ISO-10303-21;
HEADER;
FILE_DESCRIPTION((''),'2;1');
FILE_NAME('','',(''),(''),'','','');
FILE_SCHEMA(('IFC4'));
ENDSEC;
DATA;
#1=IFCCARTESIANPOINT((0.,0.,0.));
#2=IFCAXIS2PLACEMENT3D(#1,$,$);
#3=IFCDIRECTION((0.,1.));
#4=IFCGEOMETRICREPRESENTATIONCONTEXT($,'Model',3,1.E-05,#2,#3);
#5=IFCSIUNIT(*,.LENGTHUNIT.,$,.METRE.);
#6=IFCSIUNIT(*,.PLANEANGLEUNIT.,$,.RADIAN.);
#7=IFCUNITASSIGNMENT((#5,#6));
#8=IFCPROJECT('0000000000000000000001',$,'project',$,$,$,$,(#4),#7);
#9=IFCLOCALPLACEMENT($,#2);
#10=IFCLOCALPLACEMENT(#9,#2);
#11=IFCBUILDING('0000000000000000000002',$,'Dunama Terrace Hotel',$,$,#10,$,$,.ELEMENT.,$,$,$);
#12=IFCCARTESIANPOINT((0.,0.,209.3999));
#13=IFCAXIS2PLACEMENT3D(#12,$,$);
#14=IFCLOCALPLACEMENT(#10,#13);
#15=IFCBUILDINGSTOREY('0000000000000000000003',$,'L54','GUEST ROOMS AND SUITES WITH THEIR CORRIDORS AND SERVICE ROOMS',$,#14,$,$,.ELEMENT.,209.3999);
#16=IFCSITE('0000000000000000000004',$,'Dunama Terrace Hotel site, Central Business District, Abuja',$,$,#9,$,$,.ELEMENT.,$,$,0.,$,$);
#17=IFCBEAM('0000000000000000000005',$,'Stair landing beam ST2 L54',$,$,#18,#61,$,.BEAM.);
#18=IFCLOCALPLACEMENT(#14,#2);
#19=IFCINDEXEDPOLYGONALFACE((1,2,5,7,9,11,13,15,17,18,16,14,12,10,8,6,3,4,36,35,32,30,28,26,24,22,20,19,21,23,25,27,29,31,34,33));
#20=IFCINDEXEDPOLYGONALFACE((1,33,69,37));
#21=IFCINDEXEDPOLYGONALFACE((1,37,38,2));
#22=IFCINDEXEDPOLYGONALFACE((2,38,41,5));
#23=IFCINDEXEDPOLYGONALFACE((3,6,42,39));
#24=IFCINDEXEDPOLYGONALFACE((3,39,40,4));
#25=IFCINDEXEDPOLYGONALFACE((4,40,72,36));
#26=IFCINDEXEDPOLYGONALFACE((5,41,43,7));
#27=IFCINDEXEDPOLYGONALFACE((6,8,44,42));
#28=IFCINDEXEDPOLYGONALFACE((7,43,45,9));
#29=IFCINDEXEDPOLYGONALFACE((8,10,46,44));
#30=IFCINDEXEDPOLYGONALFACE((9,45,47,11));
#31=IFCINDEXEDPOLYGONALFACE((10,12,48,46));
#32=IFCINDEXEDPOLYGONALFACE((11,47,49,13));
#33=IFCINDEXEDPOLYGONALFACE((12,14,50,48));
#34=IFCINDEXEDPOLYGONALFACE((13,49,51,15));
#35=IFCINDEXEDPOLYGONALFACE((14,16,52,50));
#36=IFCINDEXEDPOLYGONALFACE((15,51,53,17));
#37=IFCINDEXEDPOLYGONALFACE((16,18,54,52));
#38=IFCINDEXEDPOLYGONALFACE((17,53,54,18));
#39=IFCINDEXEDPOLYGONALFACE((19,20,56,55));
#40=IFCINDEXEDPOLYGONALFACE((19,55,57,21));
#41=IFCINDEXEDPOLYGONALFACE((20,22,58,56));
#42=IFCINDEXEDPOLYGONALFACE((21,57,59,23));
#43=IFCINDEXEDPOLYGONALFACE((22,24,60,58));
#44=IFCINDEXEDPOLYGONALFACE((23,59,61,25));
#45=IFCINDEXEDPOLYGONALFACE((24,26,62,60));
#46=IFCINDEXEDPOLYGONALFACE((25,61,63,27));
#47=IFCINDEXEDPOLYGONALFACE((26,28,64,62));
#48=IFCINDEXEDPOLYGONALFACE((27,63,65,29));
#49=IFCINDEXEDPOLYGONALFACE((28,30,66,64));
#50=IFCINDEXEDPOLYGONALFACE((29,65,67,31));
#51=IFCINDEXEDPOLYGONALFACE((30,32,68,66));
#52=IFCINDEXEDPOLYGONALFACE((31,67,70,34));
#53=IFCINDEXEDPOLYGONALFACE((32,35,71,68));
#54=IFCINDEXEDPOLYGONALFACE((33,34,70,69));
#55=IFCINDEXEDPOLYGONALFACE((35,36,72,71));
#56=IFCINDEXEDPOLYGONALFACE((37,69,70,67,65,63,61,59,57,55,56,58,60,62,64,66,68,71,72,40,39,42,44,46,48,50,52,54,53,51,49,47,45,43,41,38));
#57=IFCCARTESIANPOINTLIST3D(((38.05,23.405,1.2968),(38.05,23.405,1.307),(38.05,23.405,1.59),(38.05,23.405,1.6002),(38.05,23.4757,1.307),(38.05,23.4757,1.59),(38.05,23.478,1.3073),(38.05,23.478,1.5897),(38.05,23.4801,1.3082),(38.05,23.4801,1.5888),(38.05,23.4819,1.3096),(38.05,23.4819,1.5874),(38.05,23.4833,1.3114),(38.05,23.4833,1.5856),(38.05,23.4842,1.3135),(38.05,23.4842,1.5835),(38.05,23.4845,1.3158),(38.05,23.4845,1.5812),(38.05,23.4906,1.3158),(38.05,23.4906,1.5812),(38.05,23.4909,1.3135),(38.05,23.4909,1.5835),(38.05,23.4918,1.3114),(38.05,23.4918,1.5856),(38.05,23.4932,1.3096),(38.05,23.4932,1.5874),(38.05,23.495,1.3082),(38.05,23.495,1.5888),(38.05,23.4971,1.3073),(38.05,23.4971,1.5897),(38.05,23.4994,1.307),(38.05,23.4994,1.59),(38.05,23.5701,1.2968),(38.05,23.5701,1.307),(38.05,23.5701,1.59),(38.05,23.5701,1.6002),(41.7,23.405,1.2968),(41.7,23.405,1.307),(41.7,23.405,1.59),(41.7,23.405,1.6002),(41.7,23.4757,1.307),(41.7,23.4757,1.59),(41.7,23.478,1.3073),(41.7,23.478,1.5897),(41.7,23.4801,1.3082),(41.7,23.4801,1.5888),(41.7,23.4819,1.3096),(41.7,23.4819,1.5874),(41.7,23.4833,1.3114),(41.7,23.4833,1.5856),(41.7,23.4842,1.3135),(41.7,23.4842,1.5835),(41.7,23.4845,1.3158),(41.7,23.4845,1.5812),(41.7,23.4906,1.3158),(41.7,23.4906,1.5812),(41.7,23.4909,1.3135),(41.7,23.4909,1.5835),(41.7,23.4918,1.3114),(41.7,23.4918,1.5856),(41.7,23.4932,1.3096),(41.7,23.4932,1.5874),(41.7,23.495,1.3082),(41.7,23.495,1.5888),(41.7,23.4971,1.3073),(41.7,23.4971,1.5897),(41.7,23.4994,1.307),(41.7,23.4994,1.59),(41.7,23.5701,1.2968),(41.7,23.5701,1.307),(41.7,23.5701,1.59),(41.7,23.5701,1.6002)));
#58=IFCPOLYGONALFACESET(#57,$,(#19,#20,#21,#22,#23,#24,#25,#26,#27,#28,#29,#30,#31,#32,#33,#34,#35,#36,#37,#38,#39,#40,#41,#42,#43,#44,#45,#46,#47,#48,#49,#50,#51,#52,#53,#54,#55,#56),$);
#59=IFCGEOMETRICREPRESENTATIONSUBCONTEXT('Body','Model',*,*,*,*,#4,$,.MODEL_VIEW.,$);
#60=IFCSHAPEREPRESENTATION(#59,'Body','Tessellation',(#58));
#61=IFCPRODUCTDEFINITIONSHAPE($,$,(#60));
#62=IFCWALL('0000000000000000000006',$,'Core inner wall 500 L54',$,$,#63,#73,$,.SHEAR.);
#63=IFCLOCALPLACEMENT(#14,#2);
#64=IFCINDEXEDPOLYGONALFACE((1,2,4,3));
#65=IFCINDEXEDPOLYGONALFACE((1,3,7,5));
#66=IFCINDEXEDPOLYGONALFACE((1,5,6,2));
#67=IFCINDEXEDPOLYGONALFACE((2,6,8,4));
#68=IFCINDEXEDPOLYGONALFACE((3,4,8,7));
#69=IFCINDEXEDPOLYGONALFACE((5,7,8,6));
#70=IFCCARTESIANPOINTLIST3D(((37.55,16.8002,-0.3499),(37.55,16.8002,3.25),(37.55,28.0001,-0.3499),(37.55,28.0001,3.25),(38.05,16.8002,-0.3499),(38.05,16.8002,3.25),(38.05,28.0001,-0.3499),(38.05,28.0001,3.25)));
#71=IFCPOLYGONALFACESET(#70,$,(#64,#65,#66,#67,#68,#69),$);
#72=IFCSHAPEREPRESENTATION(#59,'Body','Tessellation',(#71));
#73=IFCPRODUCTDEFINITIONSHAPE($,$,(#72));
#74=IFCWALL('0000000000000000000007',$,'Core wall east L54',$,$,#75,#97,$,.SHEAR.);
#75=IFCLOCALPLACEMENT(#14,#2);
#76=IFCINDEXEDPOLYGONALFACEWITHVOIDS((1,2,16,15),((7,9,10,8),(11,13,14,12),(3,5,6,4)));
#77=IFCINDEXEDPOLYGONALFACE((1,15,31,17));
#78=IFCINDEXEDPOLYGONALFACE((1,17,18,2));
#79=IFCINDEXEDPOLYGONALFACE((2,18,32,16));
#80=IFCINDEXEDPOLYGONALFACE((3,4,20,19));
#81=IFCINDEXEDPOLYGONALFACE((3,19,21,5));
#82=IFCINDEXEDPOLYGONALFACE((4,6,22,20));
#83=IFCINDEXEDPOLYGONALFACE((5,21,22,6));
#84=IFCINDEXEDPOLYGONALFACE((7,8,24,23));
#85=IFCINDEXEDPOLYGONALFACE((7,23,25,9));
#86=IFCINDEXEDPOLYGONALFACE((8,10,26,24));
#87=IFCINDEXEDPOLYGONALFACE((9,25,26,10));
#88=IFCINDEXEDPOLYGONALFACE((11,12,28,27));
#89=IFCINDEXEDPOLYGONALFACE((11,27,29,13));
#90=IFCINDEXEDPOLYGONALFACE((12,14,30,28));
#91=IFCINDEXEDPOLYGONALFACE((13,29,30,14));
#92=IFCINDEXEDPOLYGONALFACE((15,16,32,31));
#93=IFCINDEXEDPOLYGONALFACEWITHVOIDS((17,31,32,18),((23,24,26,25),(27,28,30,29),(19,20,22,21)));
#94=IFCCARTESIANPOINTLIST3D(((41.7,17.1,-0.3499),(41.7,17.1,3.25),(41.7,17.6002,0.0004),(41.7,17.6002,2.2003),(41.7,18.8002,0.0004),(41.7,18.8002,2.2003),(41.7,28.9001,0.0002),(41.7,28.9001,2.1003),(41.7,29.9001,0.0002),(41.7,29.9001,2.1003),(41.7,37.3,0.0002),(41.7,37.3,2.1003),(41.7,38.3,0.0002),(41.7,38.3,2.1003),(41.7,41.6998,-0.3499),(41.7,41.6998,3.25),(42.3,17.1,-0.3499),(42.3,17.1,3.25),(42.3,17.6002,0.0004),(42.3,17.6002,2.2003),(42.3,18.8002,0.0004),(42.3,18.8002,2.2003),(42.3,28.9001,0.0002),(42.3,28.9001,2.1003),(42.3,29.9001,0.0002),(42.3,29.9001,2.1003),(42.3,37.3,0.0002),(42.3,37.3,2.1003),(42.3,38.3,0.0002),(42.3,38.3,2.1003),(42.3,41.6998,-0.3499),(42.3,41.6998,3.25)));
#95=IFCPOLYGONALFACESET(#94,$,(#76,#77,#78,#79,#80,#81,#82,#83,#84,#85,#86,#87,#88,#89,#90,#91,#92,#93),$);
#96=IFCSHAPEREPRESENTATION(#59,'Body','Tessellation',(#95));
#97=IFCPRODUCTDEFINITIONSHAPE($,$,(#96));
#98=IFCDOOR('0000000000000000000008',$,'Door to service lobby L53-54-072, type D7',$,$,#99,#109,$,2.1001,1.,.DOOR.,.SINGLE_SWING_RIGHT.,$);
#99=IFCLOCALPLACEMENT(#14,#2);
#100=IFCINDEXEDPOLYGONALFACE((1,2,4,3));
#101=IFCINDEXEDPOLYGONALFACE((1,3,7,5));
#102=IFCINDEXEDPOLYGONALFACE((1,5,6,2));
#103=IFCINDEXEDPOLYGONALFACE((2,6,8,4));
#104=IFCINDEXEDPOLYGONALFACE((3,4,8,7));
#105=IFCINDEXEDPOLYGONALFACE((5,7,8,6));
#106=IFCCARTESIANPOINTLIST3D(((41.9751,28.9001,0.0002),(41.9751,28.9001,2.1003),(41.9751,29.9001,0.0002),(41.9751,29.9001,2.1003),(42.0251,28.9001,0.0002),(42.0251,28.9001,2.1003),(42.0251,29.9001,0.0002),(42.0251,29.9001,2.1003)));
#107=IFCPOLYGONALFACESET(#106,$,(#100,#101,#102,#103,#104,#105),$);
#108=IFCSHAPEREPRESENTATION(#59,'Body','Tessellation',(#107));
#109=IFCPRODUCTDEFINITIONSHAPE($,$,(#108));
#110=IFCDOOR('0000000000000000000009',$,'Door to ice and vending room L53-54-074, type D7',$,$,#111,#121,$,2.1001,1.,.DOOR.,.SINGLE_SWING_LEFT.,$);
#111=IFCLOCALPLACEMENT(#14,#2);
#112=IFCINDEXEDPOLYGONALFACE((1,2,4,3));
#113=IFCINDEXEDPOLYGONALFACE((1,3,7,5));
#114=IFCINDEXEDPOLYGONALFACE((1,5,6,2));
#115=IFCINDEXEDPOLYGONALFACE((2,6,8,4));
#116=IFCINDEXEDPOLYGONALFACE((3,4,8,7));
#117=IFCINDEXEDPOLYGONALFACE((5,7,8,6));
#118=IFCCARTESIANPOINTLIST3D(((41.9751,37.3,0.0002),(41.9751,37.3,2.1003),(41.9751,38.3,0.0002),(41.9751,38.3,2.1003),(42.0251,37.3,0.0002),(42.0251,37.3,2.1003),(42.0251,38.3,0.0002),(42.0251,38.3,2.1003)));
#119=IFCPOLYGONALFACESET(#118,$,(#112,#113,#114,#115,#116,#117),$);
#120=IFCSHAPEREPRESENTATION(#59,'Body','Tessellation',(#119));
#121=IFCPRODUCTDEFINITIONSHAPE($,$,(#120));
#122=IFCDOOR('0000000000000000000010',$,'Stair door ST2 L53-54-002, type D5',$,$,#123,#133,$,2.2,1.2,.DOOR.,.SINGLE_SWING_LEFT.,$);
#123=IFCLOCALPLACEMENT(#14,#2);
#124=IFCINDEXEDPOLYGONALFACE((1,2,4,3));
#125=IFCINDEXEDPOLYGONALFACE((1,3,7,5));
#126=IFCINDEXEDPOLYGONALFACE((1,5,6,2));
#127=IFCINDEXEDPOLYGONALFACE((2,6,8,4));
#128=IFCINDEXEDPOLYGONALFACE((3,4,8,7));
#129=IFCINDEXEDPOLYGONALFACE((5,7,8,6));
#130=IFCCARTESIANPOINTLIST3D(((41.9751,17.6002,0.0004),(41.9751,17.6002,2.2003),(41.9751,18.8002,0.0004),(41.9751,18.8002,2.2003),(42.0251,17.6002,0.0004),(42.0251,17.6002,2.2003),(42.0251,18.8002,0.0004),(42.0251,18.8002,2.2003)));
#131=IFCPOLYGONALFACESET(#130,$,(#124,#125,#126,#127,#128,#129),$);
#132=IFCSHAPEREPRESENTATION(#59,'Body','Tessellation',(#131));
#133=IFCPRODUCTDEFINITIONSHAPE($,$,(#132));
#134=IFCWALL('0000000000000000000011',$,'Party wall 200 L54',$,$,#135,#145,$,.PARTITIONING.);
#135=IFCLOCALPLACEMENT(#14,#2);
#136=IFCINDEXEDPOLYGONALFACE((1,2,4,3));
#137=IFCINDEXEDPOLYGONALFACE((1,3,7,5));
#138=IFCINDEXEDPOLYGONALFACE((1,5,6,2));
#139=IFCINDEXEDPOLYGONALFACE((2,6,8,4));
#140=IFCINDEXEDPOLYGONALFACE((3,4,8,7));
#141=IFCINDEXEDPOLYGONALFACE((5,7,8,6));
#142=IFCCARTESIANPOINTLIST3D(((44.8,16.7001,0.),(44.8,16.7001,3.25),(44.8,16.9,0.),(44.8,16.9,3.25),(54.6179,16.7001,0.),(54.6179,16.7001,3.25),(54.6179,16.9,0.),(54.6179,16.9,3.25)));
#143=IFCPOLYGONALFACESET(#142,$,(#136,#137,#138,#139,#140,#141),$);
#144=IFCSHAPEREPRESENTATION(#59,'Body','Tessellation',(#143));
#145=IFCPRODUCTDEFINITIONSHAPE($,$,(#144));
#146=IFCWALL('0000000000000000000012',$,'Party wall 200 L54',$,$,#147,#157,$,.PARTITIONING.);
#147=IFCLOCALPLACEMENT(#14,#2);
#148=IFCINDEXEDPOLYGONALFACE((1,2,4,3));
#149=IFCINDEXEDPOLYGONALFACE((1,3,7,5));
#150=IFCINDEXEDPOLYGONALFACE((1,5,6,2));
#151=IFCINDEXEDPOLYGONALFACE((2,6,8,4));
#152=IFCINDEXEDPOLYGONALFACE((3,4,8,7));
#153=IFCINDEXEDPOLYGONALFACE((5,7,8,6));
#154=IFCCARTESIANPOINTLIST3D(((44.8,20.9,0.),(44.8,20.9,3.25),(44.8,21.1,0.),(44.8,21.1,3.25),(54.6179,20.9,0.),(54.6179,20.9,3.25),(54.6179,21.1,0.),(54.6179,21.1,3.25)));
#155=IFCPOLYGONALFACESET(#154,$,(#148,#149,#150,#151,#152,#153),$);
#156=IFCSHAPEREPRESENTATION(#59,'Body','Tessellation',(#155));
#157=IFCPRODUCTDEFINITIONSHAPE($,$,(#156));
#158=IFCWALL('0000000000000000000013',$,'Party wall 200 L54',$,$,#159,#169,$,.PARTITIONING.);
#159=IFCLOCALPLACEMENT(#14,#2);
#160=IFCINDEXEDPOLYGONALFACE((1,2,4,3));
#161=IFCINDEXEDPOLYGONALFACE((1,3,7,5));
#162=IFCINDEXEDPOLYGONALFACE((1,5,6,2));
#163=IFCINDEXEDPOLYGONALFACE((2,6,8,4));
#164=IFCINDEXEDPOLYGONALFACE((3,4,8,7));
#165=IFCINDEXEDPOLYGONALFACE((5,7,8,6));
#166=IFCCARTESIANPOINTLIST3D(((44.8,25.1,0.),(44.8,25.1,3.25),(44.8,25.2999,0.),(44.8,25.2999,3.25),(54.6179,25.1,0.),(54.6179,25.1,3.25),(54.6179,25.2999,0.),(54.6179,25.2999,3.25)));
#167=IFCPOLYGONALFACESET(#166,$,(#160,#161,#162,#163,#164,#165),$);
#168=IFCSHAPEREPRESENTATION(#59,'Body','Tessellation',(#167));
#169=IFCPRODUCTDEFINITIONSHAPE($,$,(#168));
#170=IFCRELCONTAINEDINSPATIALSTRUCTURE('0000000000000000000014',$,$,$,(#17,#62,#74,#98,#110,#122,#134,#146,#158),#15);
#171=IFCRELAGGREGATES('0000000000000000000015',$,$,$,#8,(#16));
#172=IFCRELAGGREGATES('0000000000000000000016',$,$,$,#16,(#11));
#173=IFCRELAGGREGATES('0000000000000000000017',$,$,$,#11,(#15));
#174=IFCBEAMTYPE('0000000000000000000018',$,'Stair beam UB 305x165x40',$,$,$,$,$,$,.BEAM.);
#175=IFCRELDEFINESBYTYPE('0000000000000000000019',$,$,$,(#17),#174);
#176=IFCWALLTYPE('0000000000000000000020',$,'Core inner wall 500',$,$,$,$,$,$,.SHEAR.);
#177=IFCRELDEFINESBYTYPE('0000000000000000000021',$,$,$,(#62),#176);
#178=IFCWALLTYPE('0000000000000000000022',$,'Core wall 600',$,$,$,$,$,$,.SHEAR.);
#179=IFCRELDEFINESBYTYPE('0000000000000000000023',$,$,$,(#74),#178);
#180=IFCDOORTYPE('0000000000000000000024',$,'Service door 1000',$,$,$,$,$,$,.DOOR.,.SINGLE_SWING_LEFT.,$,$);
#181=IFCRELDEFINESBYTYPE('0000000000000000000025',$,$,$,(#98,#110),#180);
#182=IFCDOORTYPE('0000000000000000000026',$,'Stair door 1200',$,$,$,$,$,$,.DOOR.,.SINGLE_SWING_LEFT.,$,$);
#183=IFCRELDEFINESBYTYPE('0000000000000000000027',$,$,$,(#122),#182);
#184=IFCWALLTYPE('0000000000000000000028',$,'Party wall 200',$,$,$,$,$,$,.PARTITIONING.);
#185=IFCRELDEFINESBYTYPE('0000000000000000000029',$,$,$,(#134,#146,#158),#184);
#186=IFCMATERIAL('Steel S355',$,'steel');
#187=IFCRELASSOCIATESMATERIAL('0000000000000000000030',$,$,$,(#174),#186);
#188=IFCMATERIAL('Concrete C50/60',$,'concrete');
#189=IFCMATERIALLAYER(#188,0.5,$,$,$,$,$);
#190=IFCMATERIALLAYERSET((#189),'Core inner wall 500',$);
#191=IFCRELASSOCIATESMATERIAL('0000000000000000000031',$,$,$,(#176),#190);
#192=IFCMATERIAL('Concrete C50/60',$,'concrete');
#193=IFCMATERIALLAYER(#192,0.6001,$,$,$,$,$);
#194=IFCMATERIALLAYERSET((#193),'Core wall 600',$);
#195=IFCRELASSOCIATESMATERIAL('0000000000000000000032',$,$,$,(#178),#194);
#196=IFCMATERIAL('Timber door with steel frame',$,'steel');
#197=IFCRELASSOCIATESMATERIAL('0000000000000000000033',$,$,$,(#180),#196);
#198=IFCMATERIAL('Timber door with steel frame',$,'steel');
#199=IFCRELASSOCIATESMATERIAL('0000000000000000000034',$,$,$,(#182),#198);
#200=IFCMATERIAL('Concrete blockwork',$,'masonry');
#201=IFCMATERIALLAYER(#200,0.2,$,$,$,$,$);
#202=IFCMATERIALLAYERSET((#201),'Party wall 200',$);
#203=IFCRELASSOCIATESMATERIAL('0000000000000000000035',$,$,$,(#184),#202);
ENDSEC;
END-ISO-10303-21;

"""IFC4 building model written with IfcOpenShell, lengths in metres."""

from ifc_helpers import new_model, si_unit, direction, frame, frame_2d, origin, origin_2d, place, context, subcontext, project, spatial, rectangle, i_section, extrude, material, layer, layer_set, material_profile, profile_set, type_object, element, fill, save


model = new_model("IFC4")

# Units and contexts
model_context = context("Model", 3, precision=1e-05, world=origin(), true_north=direction((0.0, 1.0)))
body_context = subcontext(model_context, "Body", "Model", "MODEL_VIEW")
ifc_project = project(units=[si_unit("LENGTHUNIT", "METRE"), si_unit("PLANEANGLEUNIT", "RADIAN")], contexts=[model_context])

# Site, building, storey
site_placement = place(None, origin())
site = spatial("IfcSite", under=ifc_project, at=site_placement, Name="Dunama Terrace Hotel site, Central Business District, Abuja", CompositionType="ELEMENT", RefElevation=0.0)
building_placement = place(site_placement, origin())
building = spatial("IfcBuilding", under=site, at=building_placement, Name="Dunama Terrace Hotel", CompositionType="ELEMENT")
storey_placement = place(building_placement, frame((0.0, 0.0, 209.3999)))
storey = spatial("IfcBuildingStorey", under=building, at=storey_placement, Name="L54", Description="GUEST ROOMS AND SUITES WITH THEIR CORRIDORS AND SERVICE ROOMS", CompositionType="ELEMENT", Elevation=209.3999)

# Beam
ifc_material_1 = material(Name="Steel S355", Category="steel")
ifc_material_profile = material_profile(ifc_material_1, i_section(OverallWidth=0.165, OverallDepth=0.3035, WebThickness=0.0061, FlangeThickness=0.0103, FilletRadius=0.0088, at=origin_2d()), Name="UB 305x165x40")
ifc_profile_set = profile_set([ifc_material_profile], Name="Steel S355")
beam_type = type_object("IfcBeamType", Name="Stair beam UB 305x165x40", PredefinedType="BEAM", material=ifc_profile_set)
beam_placement = place(storey_placement, frame((38.05, 23.4875, 1.4485), z_axis=(1.0, 0.0, 0.0), x_axis=(0.0, 1.0, 0.0)))
element("IfcBeam", 1, at=beam_placement, inside=storey, type_object=beam_type, Name="Stair landing beam ST2 L54", PredefinedType="BEAM", context=body_context, shape_type="SweptSolid", body=[
    extrude(i_section(OverallWidth=0.165, OverallDepth=0.3035, WebThickness=0.0061, FlangeThickness=0.0103, FilletRadius=0.0088, at=origin_2d()), origin(), (0.0, 0.0, 1.0), 3.6499),
])

# Wall
ifc_material_2 = material(Name="Concrete C50/60", Category="concrete")
ifc_layer_1 = layer(ifc_material_2, 0.5)
ifc_layer_set_1 = layer_set([ifc_layer_1], Name="Core inner wall 500")
wall_type_1 = type_object("IfcWallType", Name="Core inner wall 500", PredefinedType="SHEAR", material=ifc_layer_set_1)
wall_1_placement = place(storey_placement, frame((37.8, 16.8, -0.3499), z_axis=(0.0, 0.0, 1.0), x_axis=(0.0, 1.0, 0.0)))
element("IfcWall", 2, at=wall_1_placement, inside=storey, type_object=wall_type_1, Name="Core inner wall 500 L54", PredefinedType="SHEAR", context=body_context, shape_type="SweptSolid", body=[
    extrude(rectangle(XDim=11.2, YDim=0.5, at=frame_2d((5.6001, 0.0))), origin(), (0.0, 0.0, 1.0), 3.5999),
])

# Wall, openings, doors
ifc_material_3 = material(Name="Concrete C50/60", Category="concrete")
ifc_layer_2 = layer(ifc_material_3, 0.6001)
ifc_layer_set_2 = layer_set([ifc_layer_2], Name="Core wall 600")
wall_type_2 = type_object("IfcWallType", Name="Core wall 600", PredefinedType="SHEAR", material=ifc_layer_set_2)
wall_2_placement = place(storey_placement, frame((42.0, 17.1001, -0.3499), z_axis=(0.0, 0.0, 1.0), x_axis=(0.0, 1.0, 0.0)))
wall_2 = element("IfcWall", 3, at=wall_2_placement, inside=storey, type_object=wall_type_2, Name="Core wall east L54", PredefinedType="SHEAR", context=body_context, shape_type="SweptSolid", body=[
    extrude(rectangle(XDim=24.5999, YDim=0.6001, at=frame_2d((12.2998, 0.0))), origin(), (0.0, 0.0, 1.0), 3.5999),
])
opening_1_placement = place(wall_2_placement, frame((0.5, 0.0, 0.3501)))
opening_1 = element("IfcOpeningElement", 4, at=opening_1_placement, cuts=wall_2, PredefinedType="OPENING", context=body_context, shape_type="SweptSolid", body=[
    extrude(rectangle(XDim=1.2, YDim=2.2, at=frame_2d((0.6001, 1.1001))), frame((0.0, 0.3101, 0.0), z_axis=(0.0, -1.0, 0.0), x_axis=(1.0, 0.0, 0.0)), (0.0, 0.0, 1.0), 0.6201),
])
opening_2_placement = place(wall_2_placement, frame((11.8, 0.0, 0.3501)))
opening_2 = element("IfcOpeningElement", 5, at=opening_2_placement, cuts=wall_2, PredefinedType="OPENING", context=body_context, shape_type="SweptSolid", body=[
    extrude(rectangle(XDim=1.0, YDim=2.1001, at=frame_2d((0.5, 1.05))), frame((0.0, 0.3101, 0.0), z_axis=(0.0, -1.0, 0.0), x_axis=(1.0, 0.0, 0.0)), (0.0, 0.0, 1.0), 0.6201),
])
opening_3_placement = place(wall_2_placement, frame((20.2, 0.0, 0.3501)))
opening_3 = element("IfcOpeningElement", 6, at=opening_3_placement, cuts=wall_2, PredefinedType="OPENING", context=body_context, shape_type="SweptSolid", body=[
    extrude(rectangle(XDim=1.0, YDim=2.1001, at=frame_2d((0.5, 1.05))), frame((0.0, 0.3101, 0.0), z_axis=(0.0, -1.0, 0.0), x_axis=(1.0, 0.0, 0.0)), (0.0, 0.0, 1.0), 0.6201),
])
ifc_material_4 = material(Name="Timber door with steel frame", Category="steel")
door_type_1 = type_object("IfcDoorType", Name="Service door 1000", OperationType="SINGLE_SWING_LEFT", PredefinedType="DOOR", material=ifc_material_4)
door_1_placement = place(opening_2_placement, origin())
door_1 = element("IfcDoor", 7, at=door_1_placement, inside=storey, type_object=door_type_1, Name="Door to service lobby L53-54-072, type D7", OperationType="SINGLE_SWING_RIGHT", OverallHeight=2.1001, OverallWidth=1.0, PredefinedType="DOOR", context=body_context, shape_type="SweptSolid", body=[
    extrude(rectangle(XDim=1.0, YDim=2.1001, at=frame_2d((0.5, 1.05))), frame((0.0, 0.0249, 0.0), z_axis=(0.0, -1.0, 0.0), x_axis=(1.0, 0.0, 0.0)), (0.0, 0.0, 1.0), 0.05),
])
fill(opening_2, door_1)
door_2_placement = place(opening_3_placement, origin())
door_2 = element("IfcDoor", 8, at=door_2_placement, inside=storey, type_object=door_type_1, Name="Door to ice and vending room L53-54-074, type D7", OperationType="SINGLE_SWING_LEFT", OverallHeight=2.1001, OverallWidth=1.0, PredefinedType="DOOR", context=body_context, shape_type="SweptSolid", body=[
    extrude(rectangle(XDim=1.0, YDim=2.1001, at=frame_2d((0.5, 1.05))), frame((0.0, 0.0249, 0.0), z_axis=(0.0, -1.0, 0.0), x_axis=(1.0, 0.0, 0.0)), (0.0, 0.0, 1.0), 0.05),
])
fill(opening_3, door_2)
ifc_material_5 = material(Name="Timber door with steel frame", Category="steel")
door_type_2 = type_object("IfcDoorType", Name="Stair door 1200", OperationType="SINGLE_SWING_LEFT", PredefinedType="DOOR", material=ifc_material_5)
door_3_placement = place(opening_1_placement, origin())
door_3 = element("IfcDoor", 9, at=door_3_placement, inside=storey, type_object=door_type_2, Name="Stair door ST2 L53-54-002, type D5", OperationType="SINGLE_SWING_LEFT", OverallHeight=2.2, OverallWidth=1.2, PredefinedType="DOOR", context=body_context, shape_type="SweptSolid", body=[
    extrude(rectangle(XDim=1.2, YDim=2.2, at=frame_2d((0.6001, 1.1001))), frame((0.0, 0.0249, 0.0), z_axis=(0.0, -1.0, 0.0), x_axis=(1.0, 0.0, 0.0)), (0.0, 0.0, 1.0), 0.05),
])
fill(opening_1, door_3)

# Walls
ifc_material_6 = material(Name="Concrete blockwork", Category="masonry")
ifc_layer_3 = layer(ifc_material_6, 0.2)
ifc_layer_set_3 = layer_set([ifc_layer_3], Name="Party wall 200")
wall_type_3 = type_object("IfcWallType", Name="Party wall 200", PredefinedType="PARTITIONING", material=ifc_layer_set_3)
for number, where, z_axis, x_axis, name in (
    (10, (44.8, 16.8, 0.0), (0.0, 0.0, 1.0), (1.0, 0.0, 0.0), "Party wall 200 L54"),
    (11, (44.8, 21.0, 0.0), (0.0, 0.0, 1.0), (1.0, 0.0, 0.0), "Party wall 200 L54"),
    (12, (44.8, 25.2, 0.0), (0.0, 0.0, 1.0), (1.0, 0.0, 0.0), "Party wall 200 L54"),
):
    element("IfcWall", number, at=place(storey_placement, frame(where, z_axis=z_axis, x_axis=x_axis)), inside=storey, type_object=wall_type_3, Name=name, PredefinedType="PARTITIONING", context=body_context, shape_type="SweptSolid", body=[
        extrude(rectangle(XDim=9.8179, YDim=0.2, at=frame_2d((4.9089, 0.0))), origin(), (0.0, 0.0, 1.0), 3.25),
    ])

save(model, "model.ifc")
